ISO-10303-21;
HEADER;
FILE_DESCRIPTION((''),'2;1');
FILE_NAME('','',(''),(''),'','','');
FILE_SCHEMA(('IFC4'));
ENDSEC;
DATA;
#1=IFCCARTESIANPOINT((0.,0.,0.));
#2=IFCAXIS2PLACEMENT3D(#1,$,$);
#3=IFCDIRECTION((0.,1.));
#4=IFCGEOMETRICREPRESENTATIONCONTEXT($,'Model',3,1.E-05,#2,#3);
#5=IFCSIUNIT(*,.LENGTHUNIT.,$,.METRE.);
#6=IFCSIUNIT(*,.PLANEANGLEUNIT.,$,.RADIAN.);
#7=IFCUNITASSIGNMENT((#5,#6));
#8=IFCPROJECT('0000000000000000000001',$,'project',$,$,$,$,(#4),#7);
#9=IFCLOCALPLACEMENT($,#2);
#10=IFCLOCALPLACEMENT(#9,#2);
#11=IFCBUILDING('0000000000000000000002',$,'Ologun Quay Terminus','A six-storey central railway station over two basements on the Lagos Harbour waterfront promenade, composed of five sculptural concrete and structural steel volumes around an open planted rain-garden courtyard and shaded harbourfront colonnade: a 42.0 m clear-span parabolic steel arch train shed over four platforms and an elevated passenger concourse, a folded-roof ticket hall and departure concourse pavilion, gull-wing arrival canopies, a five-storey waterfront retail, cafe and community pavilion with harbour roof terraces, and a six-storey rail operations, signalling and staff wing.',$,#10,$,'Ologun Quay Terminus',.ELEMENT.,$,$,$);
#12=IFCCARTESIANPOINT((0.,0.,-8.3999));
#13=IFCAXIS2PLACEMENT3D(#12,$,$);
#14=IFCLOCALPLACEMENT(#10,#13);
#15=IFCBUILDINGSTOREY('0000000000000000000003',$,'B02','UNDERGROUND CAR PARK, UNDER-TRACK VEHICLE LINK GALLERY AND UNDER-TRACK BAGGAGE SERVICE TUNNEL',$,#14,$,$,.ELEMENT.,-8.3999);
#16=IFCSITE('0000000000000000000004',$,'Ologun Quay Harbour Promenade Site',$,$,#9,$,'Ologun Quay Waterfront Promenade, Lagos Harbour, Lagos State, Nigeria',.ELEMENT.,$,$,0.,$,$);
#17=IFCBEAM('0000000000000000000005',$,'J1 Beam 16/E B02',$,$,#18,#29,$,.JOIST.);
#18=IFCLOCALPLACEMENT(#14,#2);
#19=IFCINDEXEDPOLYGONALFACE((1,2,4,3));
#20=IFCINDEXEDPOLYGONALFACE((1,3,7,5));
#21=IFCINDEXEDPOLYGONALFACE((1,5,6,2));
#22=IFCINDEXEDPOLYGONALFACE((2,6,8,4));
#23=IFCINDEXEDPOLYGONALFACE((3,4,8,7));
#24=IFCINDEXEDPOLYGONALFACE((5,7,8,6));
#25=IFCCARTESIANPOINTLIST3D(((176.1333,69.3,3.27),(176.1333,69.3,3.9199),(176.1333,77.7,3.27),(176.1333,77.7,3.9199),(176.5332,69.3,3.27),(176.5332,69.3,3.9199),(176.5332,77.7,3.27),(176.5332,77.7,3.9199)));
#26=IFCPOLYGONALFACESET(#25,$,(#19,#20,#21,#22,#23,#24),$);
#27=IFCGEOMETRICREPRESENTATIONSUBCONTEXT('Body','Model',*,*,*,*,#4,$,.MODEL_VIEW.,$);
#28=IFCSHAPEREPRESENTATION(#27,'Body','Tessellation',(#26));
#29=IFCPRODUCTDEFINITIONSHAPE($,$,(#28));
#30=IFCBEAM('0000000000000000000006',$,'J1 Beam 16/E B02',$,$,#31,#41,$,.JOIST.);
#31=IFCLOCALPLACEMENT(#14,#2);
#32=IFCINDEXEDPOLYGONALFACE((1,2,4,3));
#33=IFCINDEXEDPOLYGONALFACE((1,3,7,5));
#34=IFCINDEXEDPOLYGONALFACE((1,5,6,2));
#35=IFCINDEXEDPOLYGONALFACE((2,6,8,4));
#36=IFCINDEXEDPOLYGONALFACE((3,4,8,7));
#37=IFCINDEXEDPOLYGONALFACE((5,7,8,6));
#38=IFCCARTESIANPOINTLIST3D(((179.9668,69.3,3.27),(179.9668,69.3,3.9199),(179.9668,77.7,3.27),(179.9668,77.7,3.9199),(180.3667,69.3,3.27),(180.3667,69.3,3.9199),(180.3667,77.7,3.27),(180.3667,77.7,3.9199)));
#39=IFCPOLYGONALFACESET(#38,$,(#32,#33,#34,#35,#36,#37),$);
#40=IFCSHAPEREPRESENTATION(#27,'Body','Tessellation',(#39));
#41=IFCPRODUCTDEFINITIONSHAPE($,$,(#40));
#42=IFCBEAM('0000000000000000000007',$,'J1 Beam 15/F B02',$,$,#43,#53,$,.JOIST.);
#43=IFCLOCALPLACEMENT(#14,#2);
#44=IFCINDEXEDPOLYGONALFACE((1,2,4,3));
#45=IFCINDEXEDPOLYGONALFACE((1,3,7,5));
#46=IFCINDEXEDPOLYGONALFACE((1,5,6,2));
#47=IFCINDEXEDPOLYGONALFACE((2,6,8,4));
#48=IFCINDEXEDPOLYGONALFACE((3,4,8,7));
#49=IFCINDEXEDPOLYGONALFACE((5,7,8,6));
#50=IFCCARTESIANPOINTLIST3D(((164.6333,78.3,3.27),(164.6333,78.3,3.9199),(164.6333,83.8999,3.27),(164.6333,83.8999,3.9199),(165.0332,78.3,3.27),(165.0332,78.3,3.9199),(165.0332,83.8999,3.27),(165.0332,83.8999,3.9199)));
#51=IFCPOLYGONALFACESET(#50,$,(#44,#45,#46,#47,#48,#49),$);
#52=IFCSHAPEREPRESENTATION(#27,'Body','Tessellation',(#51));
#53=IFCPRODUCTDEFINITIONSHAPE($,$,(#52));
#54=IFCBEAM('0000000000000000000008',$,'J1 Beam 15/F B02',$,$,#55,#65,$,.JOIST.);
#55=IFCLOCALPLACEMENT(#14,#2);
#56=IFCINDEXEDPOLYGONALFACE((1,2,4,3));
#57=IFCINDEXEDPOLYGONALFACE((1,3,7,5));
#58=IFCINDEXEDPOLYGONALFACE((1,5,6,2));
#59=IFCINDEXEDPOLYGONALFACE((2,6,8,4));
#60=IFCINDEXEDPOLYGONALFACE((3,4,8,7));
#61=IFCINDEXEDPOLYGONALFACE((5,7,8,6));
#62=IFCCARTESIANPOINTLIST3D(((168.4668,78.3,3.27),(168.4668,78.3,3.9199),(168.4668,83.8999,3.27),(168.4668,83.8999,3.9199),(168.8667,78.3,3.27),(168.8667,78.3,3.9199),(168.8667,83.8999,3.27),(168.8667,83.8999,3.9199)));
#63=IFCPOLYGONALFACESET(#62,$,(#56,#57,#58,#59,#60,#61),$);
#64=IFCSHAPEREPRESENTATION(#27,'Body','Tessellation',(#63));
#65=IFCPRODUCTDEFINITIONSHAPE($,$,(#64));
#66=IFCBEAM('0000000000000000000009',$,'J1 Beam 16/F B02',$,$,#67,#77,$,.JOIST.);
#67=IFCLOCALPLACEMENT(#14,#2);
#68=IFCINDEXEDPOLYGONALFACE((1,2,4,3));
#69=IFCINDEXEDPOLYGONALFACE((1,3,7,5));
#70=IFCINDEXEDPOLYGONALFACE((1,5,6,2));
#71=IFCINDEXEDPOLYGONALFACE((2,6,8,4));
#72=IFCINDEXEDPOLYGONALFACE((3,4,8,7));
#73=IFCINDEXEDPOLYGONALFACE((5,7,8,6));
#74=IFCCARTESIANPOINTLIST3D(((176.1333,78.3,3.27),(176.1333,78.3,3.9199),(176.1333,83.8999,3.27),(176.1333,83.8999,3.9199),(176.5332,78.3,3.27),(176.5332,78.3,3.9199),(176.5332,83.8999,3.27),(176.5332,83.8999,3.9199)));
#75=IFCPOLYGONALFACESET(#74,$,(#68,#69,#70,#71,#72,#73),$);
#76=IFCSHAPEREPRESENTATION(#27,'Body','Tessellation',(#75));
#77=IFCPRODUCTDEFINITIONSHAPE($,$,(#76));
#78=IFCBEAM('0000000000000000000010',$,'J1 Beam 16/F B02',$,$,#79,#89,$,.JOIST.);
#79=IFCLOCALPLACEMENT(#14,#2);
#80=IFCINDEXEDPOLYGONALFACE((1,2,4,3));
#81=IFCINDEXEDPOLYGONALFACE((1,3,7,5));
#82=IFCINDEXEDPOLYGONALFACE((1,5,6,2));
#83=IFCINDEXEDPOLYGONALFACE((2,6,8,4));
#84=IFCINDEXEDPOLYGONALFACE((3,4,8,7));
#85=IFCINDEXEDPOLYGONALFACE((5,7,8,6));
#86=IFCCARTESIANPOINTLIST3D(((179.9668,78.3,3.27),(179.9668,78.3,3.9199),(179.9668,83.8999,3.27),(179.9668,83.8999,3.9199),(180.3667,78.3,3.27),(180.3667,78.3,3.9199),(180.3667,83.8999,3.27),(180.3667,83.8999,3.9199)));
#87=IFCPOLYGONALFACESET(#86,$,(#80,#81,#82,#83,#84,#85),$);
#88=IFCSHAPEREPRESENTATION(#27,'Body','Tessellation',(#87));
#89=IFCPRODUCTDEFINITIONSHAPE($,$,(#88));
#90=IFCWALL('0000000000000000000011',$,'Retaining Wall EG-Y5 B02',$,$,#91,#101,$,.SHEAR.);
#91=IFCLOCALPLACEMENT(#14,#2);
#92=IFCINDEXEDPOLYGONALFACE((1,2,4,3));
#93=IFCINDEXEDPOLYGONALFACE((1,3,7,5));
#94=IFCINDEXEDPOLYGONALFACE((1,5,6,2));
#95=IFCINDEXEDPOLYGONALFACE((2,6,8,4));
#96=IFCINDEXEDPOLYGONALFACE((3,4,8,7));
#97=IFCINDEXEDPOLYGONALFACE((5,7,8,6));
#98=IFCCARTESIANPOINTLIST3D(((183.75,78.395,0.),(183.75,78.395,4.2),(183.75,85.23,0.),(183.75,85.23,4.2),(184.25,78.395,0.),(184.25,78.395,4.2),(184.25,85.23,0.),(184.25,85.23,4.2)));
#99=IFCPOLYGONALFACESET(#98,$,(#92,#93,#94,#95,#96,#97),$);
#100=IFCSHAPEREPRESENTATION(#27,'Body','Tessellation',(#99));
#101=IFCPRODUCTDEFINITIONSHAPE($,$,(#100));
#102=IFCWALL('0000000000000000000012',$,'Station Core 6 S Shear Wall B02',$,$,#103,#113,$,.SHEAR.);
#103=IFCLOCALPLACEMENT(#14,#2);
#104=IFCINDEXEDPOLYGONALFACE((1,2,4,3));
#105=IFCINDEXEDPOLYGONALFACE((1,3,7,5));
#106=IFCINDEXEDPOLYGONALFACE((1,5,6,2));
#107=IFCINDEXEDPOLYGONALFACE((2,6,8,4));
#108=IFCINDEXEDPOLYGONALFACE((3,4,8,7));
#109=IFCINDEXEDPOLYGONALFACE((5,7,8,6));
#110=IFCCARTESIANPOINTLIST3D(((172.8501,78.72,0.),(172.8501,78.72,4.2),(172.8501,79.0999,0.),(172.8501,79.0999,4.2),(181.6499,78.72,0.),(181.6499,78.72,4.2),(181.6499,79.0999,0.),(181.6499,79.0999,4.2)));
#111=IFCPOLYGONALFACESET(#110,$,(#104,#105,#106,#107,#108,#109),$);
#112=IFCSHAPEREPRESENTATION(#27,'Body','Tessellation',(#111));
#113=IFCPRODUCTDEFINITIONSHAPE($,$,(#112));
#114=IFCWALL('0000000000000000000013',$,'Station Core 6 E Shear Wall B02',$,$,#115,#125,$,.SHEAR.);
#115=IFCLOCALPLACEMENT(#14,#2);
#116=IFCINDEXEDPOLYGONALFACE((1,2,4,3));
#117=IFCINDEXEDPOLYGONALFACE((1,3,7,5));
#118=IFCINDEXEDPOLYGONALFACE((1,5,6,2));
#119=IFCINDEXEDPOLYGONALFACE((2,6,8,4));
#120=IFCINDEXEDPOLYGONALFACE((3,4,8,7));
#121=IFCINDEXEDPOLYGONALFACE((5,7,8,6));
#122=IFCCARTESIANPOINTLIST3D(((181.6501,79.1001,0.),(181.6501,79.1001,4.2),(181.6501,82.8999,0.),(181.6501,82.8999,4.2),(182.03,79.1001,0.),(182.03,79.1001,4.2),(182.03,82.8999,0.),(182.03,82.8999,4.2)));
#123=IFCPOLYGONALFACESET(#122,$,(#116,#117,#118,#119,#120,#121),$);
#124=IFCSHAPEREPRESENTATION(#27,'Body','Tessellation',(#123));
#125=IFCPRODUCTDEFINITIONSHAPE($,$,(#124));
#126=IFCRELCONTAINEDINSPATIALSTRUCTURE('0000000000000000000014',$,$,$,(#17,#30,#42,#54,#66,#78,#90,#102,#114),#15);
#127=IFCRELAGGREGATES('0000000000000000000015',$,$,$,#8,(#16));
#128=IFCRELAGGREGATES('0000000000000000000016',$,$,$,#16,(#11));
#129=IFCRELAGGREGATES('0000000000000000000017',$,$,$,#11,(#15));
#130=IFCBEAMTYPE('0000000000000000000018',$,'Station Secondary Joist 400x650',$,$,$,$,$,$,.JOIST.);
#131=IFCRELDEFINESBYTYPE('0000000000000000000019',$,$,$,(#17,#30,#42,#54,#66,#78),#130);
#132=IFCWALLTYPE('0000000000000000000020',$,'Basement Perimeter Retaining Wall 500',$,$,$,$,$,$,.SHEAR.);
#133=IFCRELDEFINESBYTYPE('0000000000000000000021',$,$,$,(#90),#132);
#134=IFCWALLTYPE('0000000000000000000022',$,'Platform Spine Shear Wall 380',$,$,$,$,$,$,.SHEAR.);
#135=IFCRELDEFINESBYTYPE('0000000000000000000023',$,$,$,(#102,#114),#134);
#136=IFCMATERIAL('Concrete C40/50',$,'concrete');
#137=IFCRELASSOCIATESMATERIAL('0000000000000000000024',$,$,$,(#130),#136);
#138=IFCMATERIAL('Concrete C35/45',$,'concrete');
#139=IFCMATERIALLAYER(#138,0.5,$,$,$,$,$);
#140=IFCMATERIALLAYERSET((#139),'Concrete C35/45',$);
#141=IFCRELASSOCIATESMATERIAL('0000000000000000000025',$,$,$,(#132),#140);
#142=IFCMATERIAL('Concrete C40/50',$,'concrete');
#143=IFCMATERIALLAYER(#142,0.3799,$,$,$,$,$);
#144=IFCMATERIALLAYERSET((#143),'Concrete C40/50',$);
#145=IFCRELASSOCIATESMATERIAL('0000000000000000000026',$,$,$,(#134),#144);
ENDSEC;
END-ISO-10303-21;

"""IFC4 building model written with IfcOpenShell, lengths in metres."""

from ifc_helpers import new_model, si_unit, direction, frame, frame_2d, origin, origin_2d, place, context, subcontext, project, spatial, rectangle, extrude, material, layer, layer_set, material_profile, profile_set, type_object, element, save


model = new_model("IFC4")

# Units and contexts
model_context = context("Model", 3, precision=1e-05, world=origin(), true_north=direction((0.0, 1.0)))
body_context = subcontext(model_context, "Body", "Model", "MODEL_VIEW")
ifc_project = project(units=[si_unit("LENGTHUNIT", "METRE"), si_unit("PLANEANGLEUNIT", "RADIAN")], contexts=[model_context])

# Site, building, storey
site_placement = place(None, origin())
site = spatial("IfcSite", under=ifc_project, at=site_placement, Name="Ologun Quay Harbour Promenade Site", LongName="Ologun Quay Waterfront Promenade, Lagos Harbour, Lagos State, Nigeria", CompositionType="ELEMENT", RefElevation=0.0)
building_placement = place(site_placement, origin())
building = spatial("IfcBuilding", under=site, at=building_placement, Name="Ologun Quay Terminus", Description="A six-storey central railway station over two basements on the Lagos Harbour waterfront promenade, composed of five sculptural concrete and structural steel volumes around an open planted rain-garden courtyard and shaded harbourfront colonnade: a 42.0 m clear-span parabolic steel arch train shed over four platforms and an elevated passenger concourse, a folded-roof ticket hall and departure concourse pavilion, gull-wing arrival canopies, a five-storey waterfront retail, cafe and community pavilion with harbour roof terraces, and a six-storey rail operations, signalling and staff wing.", LongName="Ologun Quay Terminus", CompositionType="ELEMENT")
storey_placement = place(building_placement, frame((0.0, 0.0, -8.3999)))
storey = spatial("IfcBuildingStorey", under=building, at=storey_placement, Name="B02", Description="UNDERGROUND CAR PARK, UNDER-TRACK VEHICLE LINK GALLERY AND UNDER-TRACK BAGGAGE SERVICE TUNNEL", CompositionType="ELEMENT", Elevation=-8.3999)

# Beams
ifc_material_1 = material(Name="Concrete C40/50", Category="concrete")
ifc_material_profile_1 = material_profile(ifc_material_1, rectangle(XDim=0.3999, YDim=0.6499, at=origin_2d()), Name="RC 400x650")
ifc_profile_set_1 = profile_set([ifc_material_profile_1], Name="Concrete C40/50")
beam_type_1 = type_object("IfcBeamType", Name="Station Secondary Joist 400x650", PredefinedType="JOIST", material=ifc_profile_set_1)
for number, where, z_axis, x_axis, name in (
    (1, (176.3333, 69.3, 3.595), (0.0, 1.0, 0.0), (-1.0, 0.0, 0.0), "J1 Beam 16/E B02"),
    (2, (180.1667, 69.3, 3.595), (0.0, 1.0, 0.0), (-1.0, 0.0, 0.0), "J1 Beam 16/E B02"),
):
    element("IfcBeam", number, at=place(storey_placement, frame(where, z_axis=z_axis, x_axis=x_axis)), inside=storey, type_object=beam_type_1, Name=name, PredefinedType="JOIST", context=body_context, shape_type="SweptSolid", body=[
        extrude(rectangle(XDim=0.3999, YDim=0.6499, at=origin_2d()), origin(), (0.0, 0.0, 1.0), 8.3999),
    ])
for number, where, z_axis, x_axis, name in (
    (3, (164.8333, 78.3, 3.595), (0.0, 1.0, 0.0), (-1.0, 0.0, 0.0), "J1 Beam 15/F B02"),
    (4, (168.6667, 78.3, 3.595), (0.0, 1.0, 0.0), (-1.0, 0.0, 0.0), "J1 Beam 15/F B02"),
    (5, (176.3333, 78.3, 3.595), (0.0, 1.0, 0.0), (-1.0, 0.0, 0.0), "J1 Beam 16/F B02"),
    (6, (180.1667, 78.3, 3.595), (0.0, 1.0, 0.0), (-1.0, 0.0, 0.0), "J1 Beam 16/F B02"),
):
    element("IfcBeam", number, at=place(storey_placement, frame(where, z_axis=z_axis, x_axis=x_axis)), inside=storey, type_object=beam_type_1, Name=name, PredefinedType="JOIST", context=body_context, shape_type="SweptSolid", body=[
        extrude(rectangle(XDim=0.3999, YDim=0.6499, at=origin_2d()), origin(), (0.0, 0.0, 1.0), 5.5999),
    ])

# Walls
ifc_material_2 = material(Name="Concrete C35/45", Category="concrete")
ifc_layer_1 = layer(ifc_material_2, 0.5)
ifc_layer_set_1 = layer_set([ifc_layer_1], Name="Concrete C35/45")
wall_type_1 = type_object("IfcWallType", Name="Basement Perimeter Retaining Wall 500", PredefinedType="SHEAR", material=ifc_layer_set_1)
wall_1_placement = place(storey_placement, frame((184.0, 78.395, 0.0), z_axis=(0.0, 0.0, 1.0), x_axis=(0.0, 1.0, 0.0)))
element("IfcWall", 7, at=wall_1_placement, inside=storey, type_object=wall_type_1, Name="Retaining Wall EG-Y5 B02", PredefinedType="SHEAR", context=body_context, shape_type="SweptSolid", body=[
    extrude(rectangle(XDim=6.835, YDim=0.5, at=frame_2d((3.4175, 0.0))), origin(), (0.0, 0.0, 1.0), 4.2),
])
ifc_material_3 = material(Name="Concrete C40/50", Category="concrete")
ifc_layer_2 = layer(ifc_material_3, 0.3799)
ifc_layer_set_2 = layer_set([ifc_layer_2], Name="Concrete C40/50")
wall_type_2 = type_object("IfcWallType", Name="Platform Spine Shear Wall 380", PredefinedType="SHEAR", material=ifc_layer_set_2)
wall_2_placement = place(storey_placement, frame((172.8501, 78.9099, 0.0), z_axis=(0.0, 0.0, 1.0), x_axis=(1.0, 0.0, 0.0)))
element("IfcWall", 8, at=wall_2_placement, inside=storey, type_object=wall_type_2, Name="Station Core 6 S Shear Wall B02", PredefinedType="SHEAR", context=body_context, shape_type="SweptSolid", body=[
    extrude(rectangle(XDim=8.7998, YDim=0.3799, at=frame_2d((4.3999, 0.0))), origin(), (0.0, 0.0, 1.0), 4.2),
])
wall_3_placement = place(storey_placement, frame((181.8401, 79.1001, 0.0), z_axis=(0.0, 0.0, 1.0), x_axis=(0.0, 1.0, 0.0)))
element("IfcWall", 9, at=wall_3_placement, inside=storey, type_object=wall_type_2, Name="Station Core 6 E Shear Wall B02", PredefinedType="SHEAR", context=body_context, shape_type="SweptSolid", body=[
    extrude(rectangle(XDim=3.7998, YDim=0.3799, at=frame_2d((1.8999, 0.0))), origin(), (0.0, 0.0, 1.0), 4.2),
])

save(model, "model.ifc")
